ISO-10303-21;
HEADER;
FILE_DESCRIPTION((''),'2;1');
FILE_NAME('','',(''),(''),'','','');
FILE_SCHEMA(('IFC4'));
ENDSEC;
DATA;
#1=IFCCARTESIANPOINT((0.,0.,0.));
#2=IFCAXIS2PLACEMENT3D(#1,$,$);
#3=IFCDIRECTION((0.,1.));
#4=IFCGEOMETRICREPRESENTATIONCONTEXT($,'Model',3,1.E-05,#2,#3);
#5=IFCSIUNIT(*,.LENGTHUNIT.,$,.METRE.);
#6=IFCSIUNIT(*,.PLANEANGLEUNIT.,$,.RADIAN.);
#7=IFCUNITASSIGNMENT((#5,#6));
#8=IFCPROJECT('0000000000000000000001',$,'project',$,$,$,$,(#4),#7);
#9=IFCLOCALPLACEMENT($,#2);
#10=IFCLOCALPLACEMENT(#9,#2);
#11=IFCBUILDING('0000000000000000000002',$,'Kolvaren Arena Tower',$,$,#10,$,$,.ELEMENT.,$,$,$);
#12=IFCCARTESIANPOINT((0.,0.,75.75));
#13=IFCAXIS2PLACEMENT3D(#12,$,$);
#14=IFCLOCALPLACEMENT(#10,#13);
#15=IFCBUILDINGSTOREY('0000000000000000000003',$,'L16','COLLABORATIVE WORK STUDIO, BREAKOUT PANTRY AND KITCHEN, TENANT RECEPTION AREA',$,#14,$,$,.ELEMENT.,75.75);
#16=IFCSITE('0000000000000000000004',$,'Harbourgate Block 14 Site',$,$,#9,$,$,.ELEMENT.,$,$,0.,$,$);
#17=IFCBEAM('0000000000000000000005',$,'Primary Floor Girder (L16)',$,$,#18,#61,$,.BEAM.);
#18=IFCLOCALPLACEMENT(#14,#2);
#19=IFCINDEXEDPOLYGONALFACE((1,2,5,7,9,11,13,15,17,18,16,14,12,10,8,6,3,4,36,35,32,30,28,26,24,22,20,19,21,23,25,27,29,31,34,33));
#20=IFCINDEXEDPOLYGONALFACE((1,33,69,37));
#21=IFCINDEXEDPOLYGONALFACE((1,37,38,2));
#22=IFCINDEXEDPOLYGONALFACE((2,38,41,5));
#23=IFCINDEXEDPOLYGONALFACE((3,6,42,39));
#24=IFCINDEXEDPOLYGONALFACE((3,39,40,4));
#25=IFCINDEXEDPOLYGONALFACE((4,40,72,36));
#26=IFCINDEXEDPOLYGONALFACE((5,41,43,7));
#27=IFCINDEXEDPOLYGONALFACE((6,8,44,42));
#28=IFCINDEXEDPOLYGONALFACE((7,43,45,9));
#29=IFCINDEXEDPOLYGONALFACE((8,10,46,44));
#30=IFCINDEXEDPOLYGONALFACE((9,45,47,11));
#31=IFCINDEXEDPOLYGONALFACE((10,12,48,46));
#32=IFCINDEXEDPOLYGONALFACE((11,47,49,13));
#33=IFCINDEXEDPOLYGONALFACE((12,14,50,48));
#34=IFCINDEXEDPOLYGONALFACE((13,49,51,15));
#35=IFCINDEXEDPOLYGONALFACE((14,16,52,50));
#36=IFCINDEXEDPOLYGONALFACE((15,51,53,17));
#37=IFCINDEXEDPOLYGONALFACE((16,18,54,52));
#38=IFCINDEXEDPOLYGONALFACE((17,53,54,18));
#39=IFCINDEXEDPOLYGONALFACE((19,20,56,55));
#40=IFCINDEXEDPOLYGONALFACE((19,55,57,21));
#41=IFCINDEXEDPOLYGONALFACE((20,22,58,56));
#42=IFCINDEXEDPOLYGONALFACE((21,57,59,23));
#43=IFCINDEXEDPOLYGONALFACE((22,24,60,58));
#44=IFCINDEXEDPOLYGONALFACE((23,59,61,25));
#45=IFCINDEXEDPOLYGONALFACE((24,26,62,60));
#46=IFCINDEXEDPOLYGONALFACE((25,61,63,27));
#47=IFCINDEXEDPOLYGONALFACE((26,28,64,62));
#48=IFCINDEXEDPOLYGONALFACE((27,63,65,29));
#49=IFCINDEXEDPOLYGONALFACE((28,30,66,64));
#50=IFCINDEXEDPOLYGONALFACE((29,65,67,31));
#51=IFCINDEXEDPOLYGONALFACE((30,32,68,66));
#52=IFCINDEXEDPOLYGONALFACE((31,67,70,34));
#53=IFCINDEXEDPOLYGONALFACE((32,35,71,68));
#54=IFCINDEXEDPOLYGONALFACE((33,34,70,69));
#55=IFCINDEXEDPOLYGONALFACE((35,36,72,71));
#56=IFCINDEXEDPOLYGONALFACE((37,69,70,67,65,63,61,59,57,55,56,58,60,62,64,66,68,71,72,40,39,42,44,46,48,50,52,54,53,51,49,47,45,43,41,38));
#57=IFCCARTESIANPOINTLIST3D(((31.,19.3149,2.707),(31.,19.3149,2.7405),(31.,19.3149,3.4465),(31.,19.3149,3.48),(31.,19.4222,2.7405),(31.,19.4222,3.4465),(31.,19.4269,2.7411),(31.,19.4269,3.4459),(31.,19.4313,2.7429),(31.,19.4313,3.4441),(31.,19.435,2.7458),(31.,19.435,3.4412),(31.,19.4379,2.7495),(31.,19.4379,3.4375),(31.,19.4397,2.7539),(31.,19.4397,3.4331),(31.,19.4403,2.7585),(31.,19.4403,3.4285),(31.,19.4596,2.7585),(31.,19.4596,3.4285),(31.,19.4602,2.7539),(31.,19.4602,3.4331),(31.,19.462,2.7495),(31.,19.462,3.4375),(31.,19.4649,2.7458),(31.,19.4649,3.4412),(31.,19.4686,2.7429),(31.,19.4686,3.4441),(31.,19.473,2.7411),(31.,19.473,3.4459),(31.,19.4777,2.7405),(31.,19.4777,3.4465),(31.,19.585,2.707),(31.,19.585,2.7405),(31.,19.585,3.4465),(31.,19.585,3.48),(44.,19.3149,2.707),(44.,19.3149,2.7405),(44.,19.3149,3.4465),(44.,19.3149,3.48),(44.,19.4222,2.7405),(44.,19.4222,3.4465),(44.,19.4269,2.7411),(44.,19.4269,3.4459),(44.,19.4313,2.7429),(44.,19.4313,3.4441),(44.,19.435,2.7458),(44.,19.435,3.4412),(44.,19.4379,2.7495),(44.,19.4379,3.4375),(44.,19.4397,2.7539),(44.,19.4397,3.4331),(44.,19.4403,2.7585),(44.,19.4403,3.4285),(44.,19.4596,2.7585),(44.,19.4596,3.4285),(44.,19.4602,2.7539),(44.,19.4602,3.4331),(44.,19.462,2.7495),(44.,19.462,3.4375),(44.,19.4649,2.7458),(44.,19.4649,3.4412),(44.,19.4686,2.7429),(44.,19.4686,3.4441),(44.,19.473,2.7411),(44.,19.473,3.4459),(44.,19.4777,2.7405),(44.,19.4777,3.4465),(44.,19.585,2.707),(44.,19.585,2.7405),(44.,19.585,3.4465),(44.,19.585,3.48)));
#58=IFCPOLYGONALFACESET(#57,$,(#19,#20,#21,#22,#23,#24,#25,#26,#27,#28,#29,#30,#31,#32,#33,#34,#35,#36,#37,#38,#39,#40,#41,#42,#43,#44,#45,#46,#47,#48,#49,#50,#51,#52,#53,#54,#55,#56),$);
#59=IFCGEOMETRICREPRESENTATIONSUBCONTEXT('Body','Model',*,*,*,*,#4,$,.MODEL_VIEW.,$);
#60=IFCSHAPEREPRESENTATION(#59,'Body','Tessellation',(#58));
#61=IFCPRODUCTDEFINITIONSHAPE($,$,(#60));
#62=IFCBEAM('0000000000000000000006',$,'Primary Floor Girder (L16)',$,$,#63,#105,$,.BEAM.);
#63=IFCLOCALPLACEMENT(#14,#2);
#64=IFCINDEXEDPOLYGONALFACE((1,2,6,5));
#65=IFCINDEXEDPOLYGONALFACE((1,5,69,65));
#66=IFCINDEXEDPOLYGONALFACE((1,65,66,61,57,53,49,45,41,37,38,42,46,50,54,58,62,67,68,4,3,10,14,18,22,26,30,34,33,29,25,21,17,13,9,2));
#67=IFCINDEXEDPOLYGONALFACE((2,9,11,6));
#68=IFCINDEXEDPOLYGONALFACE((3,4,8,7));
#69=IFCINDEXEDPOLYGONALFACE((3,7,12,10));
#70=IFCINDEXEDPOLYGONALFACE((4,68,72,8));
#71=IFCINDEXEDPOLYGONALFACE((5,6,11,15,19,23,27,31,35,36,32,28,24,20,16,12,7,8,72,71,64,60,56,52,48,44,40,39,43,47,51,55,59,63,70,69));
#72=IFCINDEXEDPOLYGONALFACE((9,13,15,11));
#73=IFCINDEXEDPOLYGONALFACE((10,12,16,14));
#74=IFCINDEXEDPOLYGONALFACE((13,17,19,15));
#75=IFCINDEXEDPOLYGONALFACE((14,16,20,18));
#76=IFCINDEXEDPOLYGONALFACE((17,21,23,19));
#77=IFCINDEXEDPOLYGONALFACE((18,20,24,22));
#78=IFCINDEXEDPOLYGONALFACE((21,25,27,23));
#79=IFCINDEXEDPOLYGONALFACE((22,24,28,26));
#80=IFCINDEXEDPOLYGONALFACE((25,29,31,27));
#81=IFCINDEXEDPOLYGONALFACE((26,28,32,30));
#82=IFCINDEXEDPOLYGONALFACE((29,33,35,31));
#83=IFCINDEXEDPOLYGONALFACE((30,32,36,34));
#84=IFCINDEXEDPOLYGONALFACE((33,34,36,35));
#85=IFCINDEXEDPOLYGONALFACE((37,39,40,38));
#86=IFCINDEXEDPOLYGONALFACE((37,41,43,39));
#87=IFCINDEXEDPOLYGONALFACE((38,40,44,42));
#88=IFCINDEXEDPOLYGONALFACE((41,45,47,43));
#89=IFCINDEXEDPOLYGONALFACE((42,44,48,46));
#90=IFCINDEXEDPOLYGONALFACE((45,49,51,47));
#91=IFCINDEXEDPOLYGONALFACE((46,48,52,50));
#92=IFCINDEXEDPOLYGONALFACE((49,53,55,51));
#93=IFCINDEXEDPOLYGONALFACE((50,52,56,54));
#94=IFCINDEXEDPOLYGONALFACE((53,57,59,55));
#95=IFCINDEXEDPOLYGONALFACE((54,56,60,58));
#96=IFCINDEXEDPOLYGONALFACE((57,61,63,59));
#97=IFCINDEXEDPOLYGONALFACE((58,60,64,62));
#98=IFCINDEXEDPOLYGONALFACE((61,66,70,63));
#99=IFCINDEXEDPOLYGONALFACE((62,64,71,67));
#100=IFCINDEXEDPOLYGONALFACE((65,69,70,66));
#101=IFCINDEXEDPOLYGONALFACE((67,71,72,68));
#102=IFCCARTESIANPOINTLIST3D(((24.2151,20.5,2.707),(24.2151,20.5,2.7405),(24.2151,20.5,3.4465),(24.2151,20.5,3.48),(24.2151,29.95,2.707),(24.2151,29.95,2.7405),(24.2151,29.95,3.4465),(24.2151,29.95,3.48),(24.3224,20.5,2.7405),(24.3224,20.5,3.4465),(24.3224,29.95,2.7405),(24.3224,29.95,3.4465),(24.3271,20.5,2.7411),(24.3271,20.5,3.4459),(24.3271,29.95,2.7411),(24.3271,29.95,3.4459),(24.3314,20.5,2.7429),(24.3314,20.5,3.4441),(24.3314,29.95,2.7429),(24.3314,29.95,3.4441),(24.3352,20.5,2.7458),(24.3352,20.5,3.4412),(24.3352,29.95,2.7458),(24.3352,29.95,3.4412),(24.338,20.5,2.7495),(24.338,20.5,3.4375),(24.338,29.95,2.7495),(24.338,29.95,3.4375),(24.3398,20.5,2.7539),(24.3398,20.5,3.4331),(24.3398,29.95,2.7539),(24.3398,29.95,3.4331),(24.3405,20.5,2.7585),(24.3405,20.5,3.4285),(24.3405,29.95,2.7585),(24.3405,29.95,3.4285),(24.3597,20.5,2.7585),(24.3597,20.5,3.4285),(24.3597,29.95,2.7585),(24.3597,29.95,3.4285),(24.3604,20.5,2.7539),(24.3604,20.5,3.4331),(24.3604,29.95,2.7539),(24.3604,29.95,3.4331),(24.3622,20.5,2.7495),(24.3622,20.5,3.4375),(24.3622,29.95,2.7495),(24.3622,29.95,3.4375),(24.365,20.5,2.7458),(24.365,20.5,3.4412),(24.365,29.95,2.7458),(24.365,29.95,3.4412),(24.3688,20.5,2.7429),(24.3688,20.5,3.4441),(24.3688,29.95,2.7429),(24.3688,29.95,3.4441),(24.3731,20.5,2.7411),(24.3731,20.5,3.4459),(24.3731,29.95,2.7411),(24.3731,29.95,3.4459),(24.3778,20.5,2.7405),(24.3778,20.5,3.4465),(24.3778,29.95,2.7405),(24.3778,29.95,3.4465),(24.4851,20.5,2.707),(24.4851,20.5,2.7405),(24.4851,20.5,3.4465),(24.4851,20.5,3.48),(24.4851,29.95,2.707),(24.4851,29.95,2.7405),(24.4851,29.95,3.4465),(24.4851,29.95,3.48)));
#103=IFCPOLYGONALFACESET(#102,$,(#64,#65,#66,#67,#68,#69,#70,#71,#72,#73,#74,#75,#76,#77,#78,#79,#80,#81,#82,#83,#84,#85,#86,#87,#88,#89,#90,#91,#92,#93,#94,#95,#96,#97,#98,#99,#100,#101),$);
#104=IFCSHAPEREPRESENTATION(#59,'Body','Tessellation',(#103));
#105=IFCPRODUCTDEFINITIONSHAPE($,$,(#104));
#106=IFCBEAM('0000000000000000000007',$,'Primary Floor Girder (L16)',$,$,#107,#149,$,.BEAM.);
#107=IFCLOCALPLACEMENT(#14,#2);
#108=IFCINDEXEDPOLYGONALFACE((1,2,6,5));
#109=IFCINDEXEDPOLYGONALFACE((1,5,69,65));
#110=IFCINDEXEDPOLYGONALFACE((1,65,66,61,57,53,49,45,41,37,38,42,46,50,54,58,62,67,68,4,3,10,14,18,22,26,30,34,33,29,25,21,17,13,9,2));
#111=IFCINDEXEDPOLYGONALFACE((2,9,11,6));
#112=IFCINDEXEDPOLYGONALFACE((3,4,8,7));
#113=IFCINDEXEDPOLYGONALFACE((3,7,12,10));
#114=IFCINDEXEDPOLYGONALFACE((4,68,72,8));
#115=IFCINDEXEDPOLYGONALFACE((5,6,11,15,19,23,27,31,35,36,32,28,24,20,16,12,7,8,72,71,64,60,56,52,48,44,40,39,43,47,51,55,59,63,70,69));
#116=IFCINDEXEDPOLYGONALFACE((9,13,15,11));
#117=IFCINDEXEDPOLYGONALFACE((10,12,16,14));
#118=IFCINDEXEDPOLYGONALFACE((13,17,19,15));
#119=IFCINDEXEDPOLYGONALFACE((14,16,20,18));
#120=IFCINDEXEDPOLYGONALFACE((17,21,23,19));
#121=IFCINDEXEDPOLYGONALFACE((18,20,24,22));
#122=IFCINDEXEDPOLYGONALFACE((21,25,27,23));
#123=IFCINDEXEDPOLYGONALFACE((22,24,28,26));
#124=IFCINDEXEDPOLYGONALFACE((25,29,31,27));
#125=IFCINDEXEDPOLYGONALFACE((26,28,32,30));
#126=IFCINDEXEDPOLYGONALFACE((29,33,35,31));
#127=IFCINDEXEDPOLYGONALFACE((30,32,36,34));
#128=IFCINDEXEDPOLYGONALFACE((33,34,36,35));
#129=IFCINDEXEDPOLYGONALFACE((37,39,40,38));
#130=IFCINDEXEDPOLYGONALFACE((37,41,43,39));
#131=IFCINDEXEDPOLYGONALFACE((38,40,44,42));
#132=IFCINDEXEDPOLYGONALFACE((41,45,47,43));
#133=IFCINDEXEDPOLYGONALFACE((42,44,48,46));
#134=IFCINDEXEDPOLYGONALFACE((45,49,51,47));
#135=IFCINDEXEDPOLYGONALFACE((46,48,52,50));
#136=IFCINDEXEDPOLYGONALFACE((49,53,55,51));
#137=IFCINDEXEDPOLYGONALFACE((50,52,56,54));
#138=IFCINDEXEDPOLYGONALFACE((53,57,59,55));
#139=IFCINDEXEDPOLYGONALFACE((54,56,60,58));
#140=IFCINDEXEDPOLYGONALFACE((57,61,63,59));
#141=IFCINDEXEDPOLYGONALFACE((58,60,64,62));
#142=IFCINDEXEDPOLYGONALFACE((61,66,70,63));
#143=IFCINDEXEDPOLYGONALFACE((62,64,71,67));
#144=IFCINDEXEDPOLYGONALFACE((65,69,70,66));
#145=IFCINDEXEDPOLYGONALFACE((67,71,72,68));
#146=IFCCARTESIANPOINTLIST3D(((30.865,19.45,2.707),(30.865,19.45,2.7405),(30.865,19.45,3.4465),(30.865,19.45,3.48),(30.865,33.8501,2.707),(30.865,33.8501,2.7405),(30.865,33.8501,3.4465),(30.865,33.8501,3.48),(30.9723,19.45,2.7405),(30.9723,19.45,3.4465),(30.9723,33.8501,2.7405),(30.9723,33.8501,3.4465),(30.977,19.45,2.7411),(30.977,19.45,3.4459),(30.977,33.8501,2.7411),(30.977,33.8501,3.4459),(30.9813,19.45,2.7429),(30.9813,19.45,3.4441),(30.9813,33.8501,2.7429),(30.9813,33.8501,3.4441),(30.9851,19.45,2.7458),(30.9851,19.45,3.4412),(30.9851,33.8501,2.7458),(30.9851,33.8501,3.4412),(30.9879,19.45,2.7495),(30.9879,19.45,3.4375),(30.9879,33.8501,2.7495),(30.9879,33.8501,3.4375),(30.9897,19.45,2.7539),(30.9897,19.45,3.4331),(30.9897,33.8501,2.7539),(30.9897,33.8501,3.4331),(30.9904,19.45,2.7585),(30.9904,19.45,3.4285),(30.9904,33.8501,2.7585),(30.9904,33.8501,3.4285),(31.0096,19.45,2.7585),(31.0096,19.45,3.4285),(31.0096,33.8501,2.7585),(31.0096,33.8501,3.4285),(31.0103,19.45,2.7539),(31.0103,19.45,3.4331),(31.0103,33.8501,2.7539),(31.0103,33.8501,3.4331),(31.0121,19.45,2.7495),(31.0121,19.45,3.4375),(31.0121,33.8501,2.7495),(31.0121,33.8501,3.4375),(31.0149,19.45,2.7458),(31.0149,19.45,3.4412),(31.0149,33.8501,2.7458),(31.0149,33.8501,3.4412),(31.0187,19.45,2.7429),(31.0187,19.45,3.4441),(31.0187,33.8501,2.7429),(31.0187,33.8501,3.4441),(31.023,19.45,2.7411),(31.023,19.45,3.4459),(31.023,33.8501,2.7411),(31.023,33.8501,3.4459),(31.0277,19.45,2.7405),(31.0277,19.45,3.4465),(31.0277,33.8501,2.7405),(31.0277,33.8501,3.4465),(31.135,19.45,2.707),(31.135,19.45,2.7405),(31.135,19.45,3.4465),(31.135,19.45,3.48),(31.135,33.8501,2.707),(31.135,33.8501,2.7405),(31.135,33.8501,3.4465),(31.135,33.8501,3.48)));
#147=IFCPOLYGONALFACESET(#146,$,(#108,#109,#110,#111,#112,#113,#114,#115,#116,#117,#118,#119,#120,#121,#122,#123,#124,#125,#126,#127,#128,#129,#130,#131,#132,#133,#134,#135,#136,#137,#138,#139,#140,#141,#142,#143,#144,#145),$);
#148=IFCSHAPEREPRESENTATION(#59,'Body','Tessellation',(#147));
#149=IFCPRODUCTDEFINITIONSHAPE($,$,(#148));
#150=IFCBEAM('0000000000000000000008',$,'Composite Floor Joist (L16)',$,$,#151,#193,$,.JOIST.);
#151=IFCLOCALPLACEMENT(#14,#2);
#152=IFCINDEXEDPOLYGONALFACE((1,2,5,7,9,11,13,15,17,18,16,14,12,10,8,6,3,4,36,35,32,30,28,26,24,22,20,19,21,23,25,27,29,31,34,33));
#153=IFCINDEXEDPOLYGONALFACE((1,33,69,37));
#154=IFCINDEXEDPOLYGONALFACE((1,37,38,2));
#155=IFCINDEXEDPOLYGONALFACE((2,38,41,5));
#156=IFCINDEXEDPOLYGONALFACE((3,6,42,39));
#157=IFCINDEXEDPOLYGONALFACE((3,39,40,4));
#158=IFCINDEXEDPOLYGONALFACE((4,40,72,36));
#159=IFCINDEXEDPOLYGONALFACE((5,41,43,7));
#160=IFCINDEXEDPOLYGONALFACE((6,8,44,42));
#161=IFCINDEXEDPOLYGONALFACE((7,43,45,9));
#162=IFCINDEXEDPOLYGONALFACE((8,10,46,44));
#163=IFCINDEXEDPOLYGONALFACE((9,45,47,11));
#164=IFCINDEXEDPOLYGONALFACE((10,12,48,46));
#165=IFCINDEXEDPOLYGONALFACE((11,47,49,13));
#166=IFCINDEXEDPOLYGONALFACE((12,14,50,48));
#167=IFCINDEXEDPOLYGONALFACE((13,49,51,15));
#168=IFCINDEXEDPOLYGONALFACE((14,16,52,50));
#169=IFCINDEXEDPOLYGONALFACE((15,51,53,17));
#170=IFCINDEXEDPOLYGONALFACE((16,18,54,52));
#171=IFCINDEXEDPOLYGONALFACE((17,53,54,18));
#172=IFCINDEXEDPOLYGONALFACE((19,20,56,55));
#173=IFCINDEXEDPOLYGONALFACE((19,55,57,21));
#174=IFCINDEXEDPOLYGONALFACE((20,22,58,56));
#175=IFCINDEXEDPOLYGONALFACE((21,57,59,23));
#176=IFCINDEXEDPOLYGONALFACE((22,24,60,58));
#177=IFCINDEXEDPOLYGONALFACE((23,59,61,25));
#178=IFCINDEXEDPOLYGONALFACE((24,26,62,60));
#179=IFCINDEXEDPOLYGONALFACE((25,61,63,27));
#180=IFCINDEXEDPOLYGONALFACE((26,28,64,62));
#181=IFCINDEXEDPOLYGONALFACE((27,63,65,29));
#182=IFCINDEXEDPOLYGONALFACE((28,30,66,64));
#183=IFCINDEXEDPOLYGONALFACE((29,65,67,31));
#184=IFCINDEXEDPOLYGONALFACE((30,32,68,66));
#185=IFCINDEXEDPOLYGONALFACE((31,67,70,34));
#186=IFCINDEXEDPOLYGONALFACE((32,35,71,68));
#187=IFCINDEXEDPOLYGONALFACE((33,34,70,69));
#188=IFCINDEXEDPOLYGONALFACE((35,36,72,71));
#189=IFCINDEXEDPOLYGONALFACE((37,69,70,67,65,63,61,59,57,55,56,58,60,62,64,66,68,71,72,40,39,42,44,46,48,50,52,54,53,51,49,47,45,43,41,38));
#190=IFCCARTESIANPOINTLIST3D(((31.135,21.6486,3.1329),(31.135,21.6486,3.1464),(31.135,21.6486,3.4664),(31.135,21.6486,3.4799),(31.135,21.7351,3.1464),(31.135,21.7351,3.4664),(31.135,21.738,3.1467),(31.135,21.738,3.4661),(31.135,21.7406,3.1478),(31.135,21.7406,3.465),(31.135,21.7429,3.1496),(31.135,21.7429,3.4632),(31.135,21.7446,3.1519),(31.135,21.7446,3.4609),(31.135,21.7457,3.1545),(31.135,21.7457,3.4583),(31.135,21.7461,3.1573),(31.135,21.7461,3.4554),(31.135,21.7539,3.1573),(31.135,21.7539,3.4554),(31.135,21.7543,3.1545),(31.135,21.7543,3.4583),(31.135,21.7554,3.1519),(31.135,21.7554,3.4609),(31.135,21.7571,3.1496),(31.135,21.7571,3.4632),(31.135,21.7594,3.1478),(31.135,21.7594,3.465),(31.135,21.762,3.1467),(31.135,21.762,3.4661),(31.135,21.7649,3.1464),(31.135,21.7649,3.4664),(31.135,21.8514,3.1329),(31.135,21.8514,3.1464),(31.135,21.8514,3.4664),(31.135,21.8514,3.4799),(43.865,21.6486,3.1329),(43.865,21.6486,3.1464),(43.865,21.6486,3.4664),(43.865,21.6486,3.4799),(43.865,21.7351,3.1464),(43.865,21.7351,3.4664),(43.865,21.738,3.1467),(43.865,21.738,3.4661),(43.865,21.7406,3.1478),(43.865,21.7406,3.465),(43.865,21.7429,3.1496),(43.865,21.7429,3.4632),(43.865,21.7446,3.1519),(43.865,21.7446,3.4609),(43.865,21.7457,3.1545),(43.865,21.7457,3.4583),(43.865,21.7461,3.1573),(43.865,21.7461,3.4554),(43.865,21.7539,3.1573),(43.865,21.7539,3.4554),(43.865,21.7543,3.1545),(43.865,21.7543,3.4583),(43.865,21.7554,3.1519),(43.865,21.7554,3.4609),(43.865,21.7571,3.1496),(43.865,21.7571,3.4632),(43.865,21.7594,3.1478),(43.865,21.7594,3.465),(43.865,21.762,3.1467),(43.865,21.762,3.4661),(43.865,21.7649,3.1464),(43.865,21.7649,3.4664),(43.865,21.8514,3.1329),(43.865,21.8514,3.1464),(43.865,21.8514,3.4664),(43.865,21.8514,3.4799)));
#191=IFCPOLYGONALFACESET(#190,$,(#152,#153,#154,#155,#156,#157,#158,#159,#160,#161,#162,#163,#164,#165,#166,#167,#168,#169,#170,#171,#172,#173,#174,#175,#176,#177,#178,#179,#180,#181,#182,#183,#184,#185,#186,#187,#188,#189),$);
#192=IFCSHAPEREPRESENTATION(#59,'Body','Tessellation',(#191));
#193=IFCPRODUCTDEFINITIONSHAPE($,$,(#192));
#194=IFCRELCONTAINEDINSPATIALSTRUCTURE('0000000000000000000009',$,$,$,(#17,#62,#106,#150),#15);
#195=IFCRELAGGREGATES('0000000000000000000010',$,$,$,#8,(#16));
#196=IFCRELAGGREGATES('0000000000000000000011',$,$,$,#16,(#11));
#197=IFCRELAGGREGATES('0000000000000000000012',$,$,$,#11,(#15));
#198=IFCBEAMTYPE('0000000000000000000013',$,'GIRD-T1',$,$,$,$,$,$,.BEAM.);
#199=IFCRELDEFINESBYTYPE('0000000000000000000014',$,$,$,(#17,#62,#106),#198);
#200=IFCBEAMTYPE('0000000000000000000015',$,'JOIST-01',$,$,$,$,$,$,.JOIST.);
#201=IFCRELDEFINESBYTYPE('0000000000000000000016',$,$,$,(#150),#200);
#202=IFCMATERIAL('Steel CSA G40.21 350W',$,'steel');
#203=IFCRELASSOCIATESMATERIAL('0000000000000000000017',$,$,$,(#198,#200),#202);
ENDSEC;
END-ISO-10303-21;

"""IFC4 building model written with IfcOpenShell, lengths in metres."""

from ifc_helpers import new_model, si_unit, direction, frame, origin, origin_2d, place, context, subcontext, project, spatial, i_section, extrude, material, material_profile, profile_set, type_object, element, save


model = new_model("IFC4")

# Units and contexts
model_context = context("Model", 3, precision=1e-05, world=origin(), true_north=direction((0.0, 1.0)))
body_context = subcontext(model_context, "Body", "Model", "MODEL_VIEW")
ifc_project = project(units=[si_unit("LENGTHUNIT", "METRE"), si_unit("PLANEANGLEUNIT", "RADIAN")], contexts=[model_context])

# Site, building, storey
site_placement = place(None, origin())
site = spatial("IfcSite", under=ifc_project, at=site_placement, Name="Harbourgate Block 14 Site", CompositionType="ELEMENT", RefElevation=0.0)
building_placement = place(site_placement, origin())
building = spatial("IfcBuilding", under=site, at=building_placement, Name="Kolvaren Arena Tower", CompositionType="ELEMENT")
storey_placement = place(building_placement, frame((0.0, 0.0, 75.75)))
storey = spatial("IfcBuildingStorey", under=building, at=storey_placement, Name="L16", Description="COLLABORATIVE WORK STUDIO, BREAKOUT PANTRY AND KITCHEN, TENANT RECEPTION AREA", CompositionType="ELEMENT", Elevation=75.75)

# Beams
ifc_material_1 = material(Name="Steel CSA G40.21 350W", Category="steel")
ifc_material_profile_1 = material_profile(ifc_material_1, i_section(OverallWidth=0.27, OverallDepth=0.7729, WebThickness=0.0193, FlangeThickness=0.0334, FilletRadius=0.0181, at=origin_2d()), Name="W760x257")
ifc_profile_set_1 = profile_set([ifc_material_profile_1], Name="Steel CSA G40.21 350W")
beam_type_1 = type_object("IfcBeamType", Name="GIRD-T1", PredefinedType="BEAM", material=ifc_profile_set_1)
beam_1_placement = place(storey_placement, frame((31.0, 19.45, 3.0935), z_axis=(1.0, 0.0, 0.0), x_axis=(0.0, 1.0, 0.0)))
element("IfcBeam", 1, at=beam_1_placement, inside=storey, type_object=beam_type_1, Name="Primary Floor Girder (L16)", PredefinedType="BEAM", context=body_context, shape_type="SweptSolid", body=[
    extrude(i_section(OverallWidth=0.27, OverallDepth=0.7729, WebThickness=0.0193, FlangeThickness=0.0334, FilletRadius=0.0181, at=origin_2d()), origin(), (0.0, 0.0, 1.0), 13.0),
])
beam_2_placement = place(storey_placement, frame((24.3501, 20.5, 3.0935), z_axis=(0.0, 1.0, 0.0), x_axis=(-1.0, 0.0, 0.0)))
element("IfcBeam", 2, at=beam_2_placement, inside=storey, type_object=beam_type_1, Name="Primary Floor Girder (L16)", PredefinedType="BEAM", context=body_context, shape_type="SweptSolid", body=[
    extrude(i_section(OverallWidth=0.27, OverallDepth=0.7729, WebThickness=0.0193, FlangeThickness=0.0334, FilletRadius=0.0181, at=origin_2d()), origin(), (0.0, 0.0, 1.0), 9.45),
])
beam_3_placement = place(storey_placement, frame((31.0, 19.45, 3.0935), z_axis=(0.0, 1.0, 0.0), x_axis=(-1.0, 0.0, 0.0)))
element("IfcBeam", 3, at=beam_3_placement, inside=storey, type_object=beam_type_1, Name="Primary Floor Girder (L16)", PredefinedType="BEAM", context=body_context, shape_type="SweptSolid", body=[
    extrude(i_section(OverallWidth=0.27, OverallDepth=0.7729, WebThickness=0.0193, FlangeThickness=0.0334, FilletRadius=0.0181, at=origin_2d()), origin(), (0.0, 0.0, 1.0), 14.4001),
])
ifc_material_profile_2 = material_profile(ifc_material_1, i_section(OverallWidth=0.2029, OverallDepth=0.3469, WebThickness=0.0078, FlangeThickness=0.0134, FilletRadius=0.011, at=origin_2d()), Name="W360x64")
ifc_profile_set_2 = profile_set([ifc_material_profile_2], Name="Steel CSA G40.21 350W")
beam_type_2 = type_object("IfcBeamType", Name="JOIST-01", PredefinedType="JOIST", material=ifc_profile_set_2)
beam_4_placement = place(storey_placement, frame((31.135, 21.75, 3.3064), z_axis=(1.0, 0.0, 0.0), x_axis=(0.0, 1.0, 0.0)))
element("IfcBeam", 4, at=beam_4_placement, inside=storey, type_object=beam_type_2, Name="Composite Floor Joist (L16)", PredefinedType="JOIST", context=body_context, shape_type="SweptSolid", body=[
    extrude(i_section(OverallWidth=0.2029, OverallDepth=0.3469, WebThickness=0.0078, FlangeThickness=0.0134, FilletRadius=0.011, at=origin_2d()), origin(), (0.0, 0.0, 1.0), 12.73),
])

save(model, "model.ifc")
